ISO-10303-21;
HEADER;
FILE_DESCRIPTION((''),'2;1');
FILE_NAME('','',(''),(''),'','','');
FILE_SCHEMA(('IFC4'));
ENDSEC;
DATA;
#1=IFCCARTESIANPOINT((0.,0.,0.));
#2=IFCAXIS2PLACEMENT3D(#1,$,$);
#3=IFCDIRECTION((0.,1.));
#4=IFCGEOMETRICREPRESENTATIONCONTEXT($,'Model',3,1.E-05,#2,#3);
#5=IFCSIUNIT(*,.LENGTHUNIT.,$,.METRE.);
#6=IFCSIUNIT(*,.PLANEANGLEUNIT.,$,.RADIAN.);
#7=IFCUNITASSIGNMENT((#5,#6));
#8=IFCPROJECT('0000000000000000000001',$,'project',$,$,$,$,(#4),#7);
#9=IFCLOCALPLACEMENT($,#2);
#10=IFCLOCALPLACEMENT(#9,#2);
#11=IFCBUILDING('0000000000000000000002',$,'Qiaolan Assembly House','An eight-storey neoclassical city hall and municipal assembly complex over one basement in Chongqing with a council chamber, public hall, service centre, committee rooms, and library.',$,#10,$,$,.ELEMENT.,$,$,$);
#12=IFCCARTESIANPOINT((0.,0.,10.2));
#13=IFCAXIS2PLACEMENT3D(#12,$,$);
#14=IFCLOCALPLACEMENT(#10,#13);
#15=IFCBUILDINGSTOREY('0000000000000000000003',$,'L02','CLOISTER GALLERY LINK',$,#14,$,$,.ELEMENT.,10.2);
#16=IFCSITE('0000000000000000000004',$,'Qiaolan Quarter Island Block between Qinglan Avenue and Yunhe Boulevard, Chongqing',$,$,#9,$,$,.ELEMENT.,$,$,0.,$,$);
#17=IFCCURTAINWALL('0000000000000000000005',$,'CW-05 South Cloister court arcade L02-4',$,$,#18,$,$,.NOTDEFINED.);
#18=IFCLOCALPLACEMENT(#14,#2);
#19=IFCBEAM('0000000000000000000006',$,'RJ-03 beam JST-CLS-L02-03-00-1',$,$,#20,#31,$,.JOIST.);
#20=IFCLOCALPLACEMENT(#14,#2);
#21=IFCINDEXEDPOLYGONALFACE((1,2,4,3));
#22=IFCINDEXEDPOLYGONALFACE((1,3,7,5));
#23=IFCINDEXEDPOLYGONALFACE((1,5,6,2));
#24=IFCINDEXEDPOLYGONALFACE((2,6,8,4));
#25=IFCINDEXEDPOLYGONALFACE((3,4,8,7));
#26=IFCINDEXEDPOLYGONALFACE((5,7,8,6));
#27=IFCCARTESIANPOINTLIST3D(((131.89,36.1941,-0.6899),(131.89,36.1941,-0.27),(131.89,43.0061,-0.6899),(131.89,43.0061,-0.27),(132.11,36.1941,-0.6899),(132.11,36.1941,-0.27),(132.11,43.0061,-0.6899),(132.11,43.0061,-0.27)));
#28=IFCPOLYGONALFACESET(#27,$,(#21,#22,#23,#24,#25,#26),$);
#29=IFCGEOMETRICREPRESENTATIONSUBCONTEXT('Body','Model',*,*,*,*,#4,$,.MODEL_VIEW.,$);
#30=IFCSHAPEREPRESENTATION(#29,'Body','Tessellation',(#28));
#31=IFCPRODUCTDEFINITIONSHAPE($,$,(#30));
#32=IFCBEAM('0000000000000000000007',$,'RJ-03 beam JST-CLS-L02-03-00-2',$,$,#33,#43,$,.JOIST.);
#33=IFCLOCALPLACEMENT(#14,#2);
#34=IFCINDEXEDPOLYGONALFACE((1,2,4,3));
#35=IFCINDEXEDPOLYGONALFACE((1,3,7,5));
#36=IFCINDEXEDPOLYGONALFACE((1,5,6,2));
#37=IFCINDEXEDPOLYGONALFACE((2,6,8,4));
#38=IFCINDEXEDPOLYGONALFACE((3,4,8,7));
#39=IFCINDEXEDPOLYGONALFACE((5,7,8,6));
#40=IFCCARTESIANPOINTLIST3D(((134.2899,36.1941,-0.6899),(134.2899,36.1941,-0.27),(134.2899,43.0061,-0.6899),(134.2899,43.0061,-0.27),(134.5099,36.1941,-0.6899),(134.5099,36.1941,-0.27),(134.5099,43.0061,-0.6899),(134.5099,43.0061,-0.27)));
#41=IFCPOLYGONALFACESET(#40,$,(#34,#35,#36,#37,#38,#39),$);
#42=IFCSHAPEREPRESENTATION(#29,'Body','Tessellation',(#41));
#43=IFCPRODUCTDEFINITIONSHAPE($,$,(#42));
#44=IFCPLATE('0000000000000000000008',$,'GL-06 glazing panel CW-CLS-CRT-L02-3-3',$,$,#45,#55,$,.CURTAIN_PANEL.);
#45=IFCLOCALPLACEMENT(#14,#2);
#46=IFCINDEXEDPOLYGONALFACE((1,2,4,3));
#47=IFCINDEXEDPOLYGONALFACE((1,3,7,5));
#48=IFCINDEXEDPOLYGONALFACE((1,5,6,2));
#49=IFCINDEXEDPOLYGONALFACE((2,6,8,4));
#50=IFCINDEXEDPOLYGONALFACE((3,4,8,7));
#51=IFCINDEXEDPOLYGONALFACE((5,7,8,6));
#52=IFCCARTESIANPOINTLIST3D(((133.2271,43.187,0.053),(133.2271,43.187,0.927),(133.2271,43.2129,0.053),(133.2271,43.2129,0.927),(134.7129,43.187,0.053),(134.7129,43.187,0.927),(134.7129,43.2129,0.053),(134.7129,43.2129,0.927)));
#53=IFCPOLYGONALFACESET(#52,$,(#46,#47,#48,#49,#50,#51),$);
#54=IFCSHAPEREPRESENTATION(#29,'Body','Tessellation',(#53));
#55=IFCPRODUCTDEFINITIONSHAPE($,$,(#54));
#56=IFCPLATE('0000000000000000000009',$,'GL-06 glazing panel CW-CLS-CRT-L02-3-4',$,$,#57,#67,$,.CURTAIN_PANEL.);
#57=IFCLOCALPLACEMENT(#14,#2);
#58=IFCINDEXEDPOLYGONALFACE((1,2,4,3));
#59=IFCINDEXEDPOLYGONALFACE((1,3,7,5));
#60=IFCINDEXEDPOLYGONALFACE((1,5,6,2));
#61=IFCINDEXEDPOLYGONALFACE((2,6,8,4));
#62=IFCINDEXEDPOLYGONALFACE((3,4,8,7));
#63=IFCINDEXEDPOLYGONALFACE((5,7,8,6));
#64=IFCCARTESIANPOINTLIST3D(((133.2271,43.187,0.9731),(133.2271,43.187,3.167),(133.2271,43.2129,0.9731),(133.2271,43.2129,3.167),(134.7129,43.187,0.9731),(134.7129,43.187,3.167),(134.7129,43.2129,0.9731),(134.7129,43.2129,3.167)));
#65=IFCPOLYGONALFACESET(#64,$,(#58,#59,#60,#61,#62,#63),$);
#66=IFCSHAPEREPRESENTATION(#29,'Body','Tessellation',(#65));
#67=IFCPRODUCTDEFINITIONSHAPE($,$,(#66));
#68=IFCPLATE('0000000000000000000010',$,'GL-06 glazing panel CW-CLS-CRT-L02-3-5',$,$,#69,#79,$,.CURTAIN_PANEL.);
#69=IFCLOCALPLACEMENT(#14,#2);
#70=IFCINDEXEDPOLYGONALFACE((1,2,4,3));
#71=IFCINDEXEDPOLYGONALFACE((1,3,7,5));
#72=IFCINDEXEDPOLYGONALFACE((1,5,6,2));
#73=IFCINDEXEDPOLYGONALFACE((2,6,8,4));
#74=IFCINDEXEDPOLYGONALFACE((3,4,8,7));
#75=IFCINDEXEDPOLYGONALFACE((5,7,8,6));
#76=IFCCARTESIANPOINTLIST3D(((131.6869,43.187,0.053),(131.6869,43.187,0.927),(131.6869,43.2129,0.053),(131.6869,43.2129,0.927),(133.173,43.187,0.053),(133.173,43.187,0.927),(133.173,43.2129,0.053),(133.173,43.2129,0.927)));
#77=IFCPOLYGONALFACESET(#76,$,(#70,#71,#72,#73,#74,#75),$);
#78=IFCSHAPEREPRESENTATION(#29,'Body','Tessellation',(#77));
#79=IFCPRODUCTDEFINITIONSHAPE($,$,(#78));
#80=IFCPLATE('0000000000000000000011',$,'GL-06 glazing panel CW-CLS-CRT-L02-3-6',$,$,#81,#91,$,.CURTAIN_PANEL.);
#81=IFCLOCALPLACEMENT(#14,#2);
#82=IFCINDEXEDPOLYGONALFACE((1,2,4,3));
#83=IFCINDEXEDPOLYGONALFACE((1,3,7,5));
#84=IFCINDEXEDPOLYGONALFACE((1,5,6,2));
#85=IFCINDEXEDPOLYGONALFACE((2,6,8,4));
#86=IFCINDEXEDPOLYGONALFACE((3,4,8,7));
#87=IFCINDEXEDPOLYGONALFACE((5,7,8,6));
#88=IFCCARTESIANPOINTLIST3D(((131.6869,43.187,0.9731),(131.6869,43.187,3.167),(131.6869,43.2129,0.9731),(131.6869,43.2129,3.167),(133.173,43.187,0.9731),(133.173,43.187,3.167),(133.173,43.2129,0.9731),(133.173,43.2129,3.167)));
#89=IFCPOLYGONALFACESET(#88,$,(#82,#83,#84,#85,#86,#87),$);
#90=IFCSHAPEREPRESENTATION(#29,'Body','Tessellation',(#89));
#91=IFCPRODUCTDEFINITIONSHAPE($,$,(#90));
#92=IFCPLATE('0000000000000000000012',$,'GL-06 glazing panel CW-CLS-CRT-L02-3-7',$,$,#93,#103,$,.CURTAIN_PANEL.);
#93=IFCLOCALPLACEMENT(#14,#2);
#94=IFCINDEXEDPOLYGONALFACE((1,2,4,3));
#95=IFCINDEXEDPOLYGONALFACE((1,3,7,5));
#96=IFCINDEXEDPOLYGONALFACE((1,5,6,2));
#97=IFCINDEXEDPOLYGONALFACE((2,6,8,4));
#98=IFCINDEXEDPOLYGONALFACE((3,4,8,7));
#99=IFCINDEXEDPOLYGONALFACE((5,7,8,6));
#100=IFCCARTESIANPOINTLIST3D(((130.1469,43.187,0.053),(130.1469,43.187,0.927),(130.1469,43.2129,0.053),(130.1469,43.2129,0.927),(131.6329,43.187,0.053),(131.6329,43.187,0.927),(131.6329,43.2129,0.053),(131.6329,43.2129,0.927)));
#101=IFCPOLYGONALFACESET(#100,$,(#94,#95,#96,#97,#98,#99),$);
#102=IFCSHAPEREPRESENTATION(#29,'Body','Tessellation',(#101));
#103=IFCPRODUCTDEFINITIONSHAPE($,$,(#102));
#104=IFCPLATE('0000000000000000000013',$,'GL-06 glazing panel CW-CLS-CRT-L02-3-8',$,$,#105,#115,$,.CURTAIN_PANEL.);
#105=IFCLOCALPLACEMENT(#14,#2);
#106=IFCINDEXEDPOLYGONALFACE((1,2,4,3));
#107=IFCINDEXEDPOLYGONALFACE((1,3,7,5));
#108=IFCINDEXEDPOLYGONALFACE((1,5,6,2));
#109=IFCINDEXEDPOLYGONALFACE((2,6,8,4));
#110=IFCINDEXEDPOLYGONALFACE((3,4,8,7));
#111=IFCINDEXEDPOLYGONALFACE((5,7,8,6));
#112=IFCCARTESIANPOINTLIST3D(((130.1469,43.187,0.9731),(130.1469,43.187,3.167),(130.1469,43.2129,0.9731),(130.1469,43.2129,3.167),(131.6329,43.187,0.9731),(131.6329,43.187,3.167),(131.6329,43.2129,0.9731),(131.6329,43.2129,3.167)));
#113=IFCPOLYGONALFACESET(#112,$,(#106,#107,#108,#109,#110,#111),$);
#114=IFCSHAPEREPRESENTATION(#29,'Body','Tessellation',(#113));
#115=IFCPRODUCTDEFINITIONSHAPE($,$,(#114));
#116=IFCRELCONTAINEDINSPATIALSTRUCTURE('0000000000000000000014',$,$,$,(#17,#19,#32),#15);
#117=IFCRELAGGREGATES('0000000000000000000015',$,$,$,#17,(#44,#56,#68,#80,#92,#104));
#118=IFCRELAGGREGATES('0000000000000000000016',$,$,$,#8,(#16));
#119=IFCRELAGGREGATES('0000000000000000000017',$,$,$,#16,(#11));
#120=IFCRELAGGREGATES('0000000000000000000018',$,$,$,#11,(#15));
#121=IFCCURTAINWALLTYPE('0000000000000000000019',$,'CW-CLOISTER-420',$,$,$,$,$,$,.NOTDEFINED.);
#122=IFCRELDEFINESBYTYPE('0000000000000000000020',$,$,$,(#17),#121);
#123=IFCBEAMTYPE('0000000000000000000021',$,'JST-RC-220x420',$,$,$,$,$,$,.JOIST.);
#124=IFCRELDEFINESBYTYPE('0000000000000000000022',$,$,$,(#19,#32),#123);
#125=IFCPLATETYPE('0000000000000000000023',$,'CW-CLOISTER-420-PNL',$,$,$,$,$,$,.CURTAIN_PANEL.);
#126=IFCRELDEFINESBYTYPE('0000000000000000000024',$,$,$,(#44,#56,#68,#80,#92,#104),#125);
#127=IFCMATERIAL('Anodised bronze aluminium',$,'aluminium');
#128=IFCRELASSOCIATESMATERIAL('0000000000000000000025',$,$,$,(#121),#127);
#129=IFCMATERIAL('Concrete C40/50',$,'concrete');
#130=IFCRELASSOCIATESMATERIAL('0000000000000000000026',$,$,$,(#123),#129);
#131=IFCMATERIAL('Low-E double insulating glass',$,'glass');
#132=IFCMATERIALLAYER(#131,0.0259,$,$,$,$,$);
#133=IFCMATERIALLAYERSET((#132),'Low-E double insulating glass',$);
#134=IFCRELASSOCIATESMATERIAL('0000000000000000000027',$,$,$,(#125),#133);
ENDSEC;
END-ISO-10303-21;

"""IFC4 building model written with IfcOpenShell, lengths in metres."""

from ifc_helpers import new_model, si_unit, direction, frame, frame_2d, origin, origin_2d, place, context, subcontext, project, spatial, rectangle, extrude, material, layer, layer_set, material_profile, profile_set, type_object, element, aggregate, save


model = new_model("IFC4")

# Units and contexts
model_context = context("Model", 3, precision=1e-05, world=origin(), true_north=direction((0.0, 1.0)))
body_context = subcontext(model_context, "Body", "Model", "MODEL_VIEW")
ifc_project = project(units=[si_unit("LENGTHUNIT", "METRE"), si_unit("PLANEANGLEUNIT", "RADIAN")], contexts=[model_context])

# Site, building, storey
site_placement = place(None, origin())
site = spatial("IfcSite", under=ifc_project, at=site_placement, Name="Qiaolan Quarter Island Block between Qinglan Avenue and Yunhe Boulevard, Chongqing", CompositionType="ELEMENT", RefElevation=0.0)
building_placement = place(site_placement, origin())
building = spatial("IfcBuilding", under=site, at=building_placement, Name="Qiaolan Assembly House", Description="An eight-storey neoclassical city hall and municipal assembly complex over one basement in Chongqing with a council chamber, public hall, service centre, committee rooms, and library.", CompositionType="ELEMENT")
storey_placement = place(building_placement, frame((0.0, 0.0, 10.2)))
storey = spatial("IfcBuildingStorey", under=building, at=storey_placement, Name="L02", Description="CLOISTER GALLERY LINK", CompositionType="ELEMENT", Elevation=10.2)

# Curtain wall
ifc_material_1 = material(Name="Anodised bronze aluminium", Category="aluminium")
curtain_wall_type = type_object("IfcCurtainWallType", Name="CW-CLOISTER-420", PredefinedType="NOTDEFINED", material=ifc_material_1)
curtain_wall_placement = place(storey_placement, origin())
curtain_wall = element("IfcCurtainWall", 1, at=curtain_wall_placement, inside=storey, type_object=curtain_wall_type, Name="CW-05 South Cloister court arcade L02-4", PredefinedType="NOTDEFINED")

# Beams
ifc_material_2 = material(Name="Concrete C40/50", Category="concrete")
ifc_material_profile_1 = material_profile(ifc_material_2, rectangle(XDim=0.22, YDim=0.4199, at=origin_2d()), Name="RCB 220x420")
ifc_profile_set_1 = profile_set([ifc_material_profile_1], Name="Concrete C40/50")
beam_type = type_object("IfcBeamType", Name="JST-RC-220x420", PredefinedType="JOIST", material=ifc_profile_set_1)
for number, where, z_axis, x_axis, name in (
    (2, (132.0, 36.1941, -0.48), (0.0, 1.0, 0.0), (-1.0, 0.0, 0.0), "RJ-03 beam JST-CLS-L02-03-00-1"),
    (3, (134.3999, 36.1941, -0.48), (0.0, 1.0, 0.0), (-1.0, 0.0, 0.0), "RJ-03 beam JST-CLS-L02-03-00-2"),
):
    element("IfcBeam", number, at=place(storey_placement, frame(where, z_axis=z_axis, x_axis=x_axis)), inside=storey, type_object=beam_type, Name=name, PredefinedType="JOIST", context=body_context, shape_type="SweptSolid", body=[
        extrude(rectangle(XDim=0.22, YDim=0.4199, at=origin_2d()), origin(), (0.0, 0.0, 1.0), 6.812),
    ])

# Plates
ifc_material_3 = material(Name="Low-E double insulating glass", Category="glass")
ifc_layer = layer(ifc_material_3, 0.0259)
ifc_layer_set = layer_set([ifc_layer], Name="Low-E double insulating glass")
plate_type = type_object("IfcPlateType", Name="CW-CLOISTER-420-PNL", PredefinedType="CURTAIN_PANEL", material=ifc_layer_set)
plate_1_placement = place(storey_placement, frame((134.7129, 43.2, 0.053), z_axis=(0.0, 0.0, 1.0), x_axis=(-1.0, 0.0, 0.0)))
plate_1 = element("IfcPlate", 4, at=plate_1_placement, type_object=plate_type, Name="GL-06 glazing panel CW-CLS-CRT-L02-3-3", PredefinedType="CURTAIN_PANEL", context=body_context, shape_type="SweptSolid", body=[
    extrude(rectangle(XDim=1.4858, YDim=0.0259, at=frame_2d((0.7429, 0.0))), origin(), (0.0, 0.0, 1.0), 0.874),
])
plate_2_placement = place(storey_placement, frame((134.7129, 43.2, 0.9731), z_axis=(0.0, 0.0, 1.0), x_axis=(-1.0, 0.0, 0.0)))
plate_2 = element("IfcPlate", 5, at=plate_2_placement, type_object=plate_type, Name="GL-06 glazing panel CW-CLS-CRT-L02-3-4", PredefinedType="CURTAIN_PANEL", context=body_context, shape_type="SweptSolid", body=[
    extrude(rectangle(XDim=1.4858, YDim=0.0259, at=frame_2d((0.7429, 0.0))), origin(), (0.0, 0.0, 1.0), 2.1938),
])
plate_3_placement = place(storey_placement, frame((133.1731, 43.2, 0.053), z_axis=(0.0, 0.0, 1.0), x_axis=(-1.0, 0.0, 0.0)))
plate_3 = element("IfcPlate", 6, at=plate_3_placement, type_object=plate_type, Name="GL-06 glazing panel CW-CLS-CRT-L02-3-5", PredefinedType="CURTAIN_PANEL", context=body_context, shape_type="SweptSolid", body=[
    extrude(rectangle(XDim=1.4861, YDim=0.0259, at=frame_2d((0.7432, 0.0))), origin(), (0.0, 0.0, 1.0), 0.874),
])
plate_4_placement = place(storey_placement, frame((133.1731, 43.2, 0.9731), z_axis=(0.0, 0.0, 1.0), x_axis=(-1.0, 0.0, 0.0)))
plate_4 = element("IfcPlate", 7, at=plate_4_placement, type_object=plate_type, Name="GL-06 glazing panel CW-CLS-CRT-L02-3-6", PredefinedType="CURTAIN_PANEL", context=body_context, shape_type="SweptSolid", body=[
    extrude(rectangle(XDim=1.4861, YDim=0.0259, at=frame_2d((0.7432, 0.0))), origin(), (0.0, 0.0, 1.0), 2.1938),
])
plate_5_placement = place(storey_placement, frame((131.6331, 43.2, 0.053), z_axis=(0.0, 0.0, 1.0), x_axis=(-1.0, 0.0, 0.0)))
plate_5 = element("IfcPlate", 8, at=plate_5_placement, type_object=plate_type, Name="GL-06 glazing panel CW-CLS-CRT-L02-3-7", PredefinedType="CURTAIN_PANEL", context=body_context, shape_type="SweptSolid", body=[
    extrude(rectangle(XDim=1.4861, YDim=0.0259, at=frame_2d((0.7432, 0.0))), origin(), (0.0, 0.0, 1.0), 0.874),
])
plate_6_placement = place(storey_placement, frame((131.6331, 43.2, 0.9731), z_axis=(0.0, 0.0, 1.0), x_axis=(-1.0, 0.0, 0.0)))
plate_6 = element("IfcPlate", 9, at=plate_6_placement, type_object=plate_type, Name="GL-06 glazing panel CW-CLS-CRT-L02-3-8", PredefinedType="CURTAIN_PANEL", context=body_context, shape_type="SweptSolid", body=[
    extrude(rectangle(XDim=1.4861, YDim=0.0259, at=frame_2d((0.7432, 0.0))), origin(), (0.0, 0.0, 1.0), 2.1938),
])
aggregate(curtain_wall, [plate_1, plate_2, plate_3, plate_4, plate_5, plate_6])

save(model, "model.ifc")
